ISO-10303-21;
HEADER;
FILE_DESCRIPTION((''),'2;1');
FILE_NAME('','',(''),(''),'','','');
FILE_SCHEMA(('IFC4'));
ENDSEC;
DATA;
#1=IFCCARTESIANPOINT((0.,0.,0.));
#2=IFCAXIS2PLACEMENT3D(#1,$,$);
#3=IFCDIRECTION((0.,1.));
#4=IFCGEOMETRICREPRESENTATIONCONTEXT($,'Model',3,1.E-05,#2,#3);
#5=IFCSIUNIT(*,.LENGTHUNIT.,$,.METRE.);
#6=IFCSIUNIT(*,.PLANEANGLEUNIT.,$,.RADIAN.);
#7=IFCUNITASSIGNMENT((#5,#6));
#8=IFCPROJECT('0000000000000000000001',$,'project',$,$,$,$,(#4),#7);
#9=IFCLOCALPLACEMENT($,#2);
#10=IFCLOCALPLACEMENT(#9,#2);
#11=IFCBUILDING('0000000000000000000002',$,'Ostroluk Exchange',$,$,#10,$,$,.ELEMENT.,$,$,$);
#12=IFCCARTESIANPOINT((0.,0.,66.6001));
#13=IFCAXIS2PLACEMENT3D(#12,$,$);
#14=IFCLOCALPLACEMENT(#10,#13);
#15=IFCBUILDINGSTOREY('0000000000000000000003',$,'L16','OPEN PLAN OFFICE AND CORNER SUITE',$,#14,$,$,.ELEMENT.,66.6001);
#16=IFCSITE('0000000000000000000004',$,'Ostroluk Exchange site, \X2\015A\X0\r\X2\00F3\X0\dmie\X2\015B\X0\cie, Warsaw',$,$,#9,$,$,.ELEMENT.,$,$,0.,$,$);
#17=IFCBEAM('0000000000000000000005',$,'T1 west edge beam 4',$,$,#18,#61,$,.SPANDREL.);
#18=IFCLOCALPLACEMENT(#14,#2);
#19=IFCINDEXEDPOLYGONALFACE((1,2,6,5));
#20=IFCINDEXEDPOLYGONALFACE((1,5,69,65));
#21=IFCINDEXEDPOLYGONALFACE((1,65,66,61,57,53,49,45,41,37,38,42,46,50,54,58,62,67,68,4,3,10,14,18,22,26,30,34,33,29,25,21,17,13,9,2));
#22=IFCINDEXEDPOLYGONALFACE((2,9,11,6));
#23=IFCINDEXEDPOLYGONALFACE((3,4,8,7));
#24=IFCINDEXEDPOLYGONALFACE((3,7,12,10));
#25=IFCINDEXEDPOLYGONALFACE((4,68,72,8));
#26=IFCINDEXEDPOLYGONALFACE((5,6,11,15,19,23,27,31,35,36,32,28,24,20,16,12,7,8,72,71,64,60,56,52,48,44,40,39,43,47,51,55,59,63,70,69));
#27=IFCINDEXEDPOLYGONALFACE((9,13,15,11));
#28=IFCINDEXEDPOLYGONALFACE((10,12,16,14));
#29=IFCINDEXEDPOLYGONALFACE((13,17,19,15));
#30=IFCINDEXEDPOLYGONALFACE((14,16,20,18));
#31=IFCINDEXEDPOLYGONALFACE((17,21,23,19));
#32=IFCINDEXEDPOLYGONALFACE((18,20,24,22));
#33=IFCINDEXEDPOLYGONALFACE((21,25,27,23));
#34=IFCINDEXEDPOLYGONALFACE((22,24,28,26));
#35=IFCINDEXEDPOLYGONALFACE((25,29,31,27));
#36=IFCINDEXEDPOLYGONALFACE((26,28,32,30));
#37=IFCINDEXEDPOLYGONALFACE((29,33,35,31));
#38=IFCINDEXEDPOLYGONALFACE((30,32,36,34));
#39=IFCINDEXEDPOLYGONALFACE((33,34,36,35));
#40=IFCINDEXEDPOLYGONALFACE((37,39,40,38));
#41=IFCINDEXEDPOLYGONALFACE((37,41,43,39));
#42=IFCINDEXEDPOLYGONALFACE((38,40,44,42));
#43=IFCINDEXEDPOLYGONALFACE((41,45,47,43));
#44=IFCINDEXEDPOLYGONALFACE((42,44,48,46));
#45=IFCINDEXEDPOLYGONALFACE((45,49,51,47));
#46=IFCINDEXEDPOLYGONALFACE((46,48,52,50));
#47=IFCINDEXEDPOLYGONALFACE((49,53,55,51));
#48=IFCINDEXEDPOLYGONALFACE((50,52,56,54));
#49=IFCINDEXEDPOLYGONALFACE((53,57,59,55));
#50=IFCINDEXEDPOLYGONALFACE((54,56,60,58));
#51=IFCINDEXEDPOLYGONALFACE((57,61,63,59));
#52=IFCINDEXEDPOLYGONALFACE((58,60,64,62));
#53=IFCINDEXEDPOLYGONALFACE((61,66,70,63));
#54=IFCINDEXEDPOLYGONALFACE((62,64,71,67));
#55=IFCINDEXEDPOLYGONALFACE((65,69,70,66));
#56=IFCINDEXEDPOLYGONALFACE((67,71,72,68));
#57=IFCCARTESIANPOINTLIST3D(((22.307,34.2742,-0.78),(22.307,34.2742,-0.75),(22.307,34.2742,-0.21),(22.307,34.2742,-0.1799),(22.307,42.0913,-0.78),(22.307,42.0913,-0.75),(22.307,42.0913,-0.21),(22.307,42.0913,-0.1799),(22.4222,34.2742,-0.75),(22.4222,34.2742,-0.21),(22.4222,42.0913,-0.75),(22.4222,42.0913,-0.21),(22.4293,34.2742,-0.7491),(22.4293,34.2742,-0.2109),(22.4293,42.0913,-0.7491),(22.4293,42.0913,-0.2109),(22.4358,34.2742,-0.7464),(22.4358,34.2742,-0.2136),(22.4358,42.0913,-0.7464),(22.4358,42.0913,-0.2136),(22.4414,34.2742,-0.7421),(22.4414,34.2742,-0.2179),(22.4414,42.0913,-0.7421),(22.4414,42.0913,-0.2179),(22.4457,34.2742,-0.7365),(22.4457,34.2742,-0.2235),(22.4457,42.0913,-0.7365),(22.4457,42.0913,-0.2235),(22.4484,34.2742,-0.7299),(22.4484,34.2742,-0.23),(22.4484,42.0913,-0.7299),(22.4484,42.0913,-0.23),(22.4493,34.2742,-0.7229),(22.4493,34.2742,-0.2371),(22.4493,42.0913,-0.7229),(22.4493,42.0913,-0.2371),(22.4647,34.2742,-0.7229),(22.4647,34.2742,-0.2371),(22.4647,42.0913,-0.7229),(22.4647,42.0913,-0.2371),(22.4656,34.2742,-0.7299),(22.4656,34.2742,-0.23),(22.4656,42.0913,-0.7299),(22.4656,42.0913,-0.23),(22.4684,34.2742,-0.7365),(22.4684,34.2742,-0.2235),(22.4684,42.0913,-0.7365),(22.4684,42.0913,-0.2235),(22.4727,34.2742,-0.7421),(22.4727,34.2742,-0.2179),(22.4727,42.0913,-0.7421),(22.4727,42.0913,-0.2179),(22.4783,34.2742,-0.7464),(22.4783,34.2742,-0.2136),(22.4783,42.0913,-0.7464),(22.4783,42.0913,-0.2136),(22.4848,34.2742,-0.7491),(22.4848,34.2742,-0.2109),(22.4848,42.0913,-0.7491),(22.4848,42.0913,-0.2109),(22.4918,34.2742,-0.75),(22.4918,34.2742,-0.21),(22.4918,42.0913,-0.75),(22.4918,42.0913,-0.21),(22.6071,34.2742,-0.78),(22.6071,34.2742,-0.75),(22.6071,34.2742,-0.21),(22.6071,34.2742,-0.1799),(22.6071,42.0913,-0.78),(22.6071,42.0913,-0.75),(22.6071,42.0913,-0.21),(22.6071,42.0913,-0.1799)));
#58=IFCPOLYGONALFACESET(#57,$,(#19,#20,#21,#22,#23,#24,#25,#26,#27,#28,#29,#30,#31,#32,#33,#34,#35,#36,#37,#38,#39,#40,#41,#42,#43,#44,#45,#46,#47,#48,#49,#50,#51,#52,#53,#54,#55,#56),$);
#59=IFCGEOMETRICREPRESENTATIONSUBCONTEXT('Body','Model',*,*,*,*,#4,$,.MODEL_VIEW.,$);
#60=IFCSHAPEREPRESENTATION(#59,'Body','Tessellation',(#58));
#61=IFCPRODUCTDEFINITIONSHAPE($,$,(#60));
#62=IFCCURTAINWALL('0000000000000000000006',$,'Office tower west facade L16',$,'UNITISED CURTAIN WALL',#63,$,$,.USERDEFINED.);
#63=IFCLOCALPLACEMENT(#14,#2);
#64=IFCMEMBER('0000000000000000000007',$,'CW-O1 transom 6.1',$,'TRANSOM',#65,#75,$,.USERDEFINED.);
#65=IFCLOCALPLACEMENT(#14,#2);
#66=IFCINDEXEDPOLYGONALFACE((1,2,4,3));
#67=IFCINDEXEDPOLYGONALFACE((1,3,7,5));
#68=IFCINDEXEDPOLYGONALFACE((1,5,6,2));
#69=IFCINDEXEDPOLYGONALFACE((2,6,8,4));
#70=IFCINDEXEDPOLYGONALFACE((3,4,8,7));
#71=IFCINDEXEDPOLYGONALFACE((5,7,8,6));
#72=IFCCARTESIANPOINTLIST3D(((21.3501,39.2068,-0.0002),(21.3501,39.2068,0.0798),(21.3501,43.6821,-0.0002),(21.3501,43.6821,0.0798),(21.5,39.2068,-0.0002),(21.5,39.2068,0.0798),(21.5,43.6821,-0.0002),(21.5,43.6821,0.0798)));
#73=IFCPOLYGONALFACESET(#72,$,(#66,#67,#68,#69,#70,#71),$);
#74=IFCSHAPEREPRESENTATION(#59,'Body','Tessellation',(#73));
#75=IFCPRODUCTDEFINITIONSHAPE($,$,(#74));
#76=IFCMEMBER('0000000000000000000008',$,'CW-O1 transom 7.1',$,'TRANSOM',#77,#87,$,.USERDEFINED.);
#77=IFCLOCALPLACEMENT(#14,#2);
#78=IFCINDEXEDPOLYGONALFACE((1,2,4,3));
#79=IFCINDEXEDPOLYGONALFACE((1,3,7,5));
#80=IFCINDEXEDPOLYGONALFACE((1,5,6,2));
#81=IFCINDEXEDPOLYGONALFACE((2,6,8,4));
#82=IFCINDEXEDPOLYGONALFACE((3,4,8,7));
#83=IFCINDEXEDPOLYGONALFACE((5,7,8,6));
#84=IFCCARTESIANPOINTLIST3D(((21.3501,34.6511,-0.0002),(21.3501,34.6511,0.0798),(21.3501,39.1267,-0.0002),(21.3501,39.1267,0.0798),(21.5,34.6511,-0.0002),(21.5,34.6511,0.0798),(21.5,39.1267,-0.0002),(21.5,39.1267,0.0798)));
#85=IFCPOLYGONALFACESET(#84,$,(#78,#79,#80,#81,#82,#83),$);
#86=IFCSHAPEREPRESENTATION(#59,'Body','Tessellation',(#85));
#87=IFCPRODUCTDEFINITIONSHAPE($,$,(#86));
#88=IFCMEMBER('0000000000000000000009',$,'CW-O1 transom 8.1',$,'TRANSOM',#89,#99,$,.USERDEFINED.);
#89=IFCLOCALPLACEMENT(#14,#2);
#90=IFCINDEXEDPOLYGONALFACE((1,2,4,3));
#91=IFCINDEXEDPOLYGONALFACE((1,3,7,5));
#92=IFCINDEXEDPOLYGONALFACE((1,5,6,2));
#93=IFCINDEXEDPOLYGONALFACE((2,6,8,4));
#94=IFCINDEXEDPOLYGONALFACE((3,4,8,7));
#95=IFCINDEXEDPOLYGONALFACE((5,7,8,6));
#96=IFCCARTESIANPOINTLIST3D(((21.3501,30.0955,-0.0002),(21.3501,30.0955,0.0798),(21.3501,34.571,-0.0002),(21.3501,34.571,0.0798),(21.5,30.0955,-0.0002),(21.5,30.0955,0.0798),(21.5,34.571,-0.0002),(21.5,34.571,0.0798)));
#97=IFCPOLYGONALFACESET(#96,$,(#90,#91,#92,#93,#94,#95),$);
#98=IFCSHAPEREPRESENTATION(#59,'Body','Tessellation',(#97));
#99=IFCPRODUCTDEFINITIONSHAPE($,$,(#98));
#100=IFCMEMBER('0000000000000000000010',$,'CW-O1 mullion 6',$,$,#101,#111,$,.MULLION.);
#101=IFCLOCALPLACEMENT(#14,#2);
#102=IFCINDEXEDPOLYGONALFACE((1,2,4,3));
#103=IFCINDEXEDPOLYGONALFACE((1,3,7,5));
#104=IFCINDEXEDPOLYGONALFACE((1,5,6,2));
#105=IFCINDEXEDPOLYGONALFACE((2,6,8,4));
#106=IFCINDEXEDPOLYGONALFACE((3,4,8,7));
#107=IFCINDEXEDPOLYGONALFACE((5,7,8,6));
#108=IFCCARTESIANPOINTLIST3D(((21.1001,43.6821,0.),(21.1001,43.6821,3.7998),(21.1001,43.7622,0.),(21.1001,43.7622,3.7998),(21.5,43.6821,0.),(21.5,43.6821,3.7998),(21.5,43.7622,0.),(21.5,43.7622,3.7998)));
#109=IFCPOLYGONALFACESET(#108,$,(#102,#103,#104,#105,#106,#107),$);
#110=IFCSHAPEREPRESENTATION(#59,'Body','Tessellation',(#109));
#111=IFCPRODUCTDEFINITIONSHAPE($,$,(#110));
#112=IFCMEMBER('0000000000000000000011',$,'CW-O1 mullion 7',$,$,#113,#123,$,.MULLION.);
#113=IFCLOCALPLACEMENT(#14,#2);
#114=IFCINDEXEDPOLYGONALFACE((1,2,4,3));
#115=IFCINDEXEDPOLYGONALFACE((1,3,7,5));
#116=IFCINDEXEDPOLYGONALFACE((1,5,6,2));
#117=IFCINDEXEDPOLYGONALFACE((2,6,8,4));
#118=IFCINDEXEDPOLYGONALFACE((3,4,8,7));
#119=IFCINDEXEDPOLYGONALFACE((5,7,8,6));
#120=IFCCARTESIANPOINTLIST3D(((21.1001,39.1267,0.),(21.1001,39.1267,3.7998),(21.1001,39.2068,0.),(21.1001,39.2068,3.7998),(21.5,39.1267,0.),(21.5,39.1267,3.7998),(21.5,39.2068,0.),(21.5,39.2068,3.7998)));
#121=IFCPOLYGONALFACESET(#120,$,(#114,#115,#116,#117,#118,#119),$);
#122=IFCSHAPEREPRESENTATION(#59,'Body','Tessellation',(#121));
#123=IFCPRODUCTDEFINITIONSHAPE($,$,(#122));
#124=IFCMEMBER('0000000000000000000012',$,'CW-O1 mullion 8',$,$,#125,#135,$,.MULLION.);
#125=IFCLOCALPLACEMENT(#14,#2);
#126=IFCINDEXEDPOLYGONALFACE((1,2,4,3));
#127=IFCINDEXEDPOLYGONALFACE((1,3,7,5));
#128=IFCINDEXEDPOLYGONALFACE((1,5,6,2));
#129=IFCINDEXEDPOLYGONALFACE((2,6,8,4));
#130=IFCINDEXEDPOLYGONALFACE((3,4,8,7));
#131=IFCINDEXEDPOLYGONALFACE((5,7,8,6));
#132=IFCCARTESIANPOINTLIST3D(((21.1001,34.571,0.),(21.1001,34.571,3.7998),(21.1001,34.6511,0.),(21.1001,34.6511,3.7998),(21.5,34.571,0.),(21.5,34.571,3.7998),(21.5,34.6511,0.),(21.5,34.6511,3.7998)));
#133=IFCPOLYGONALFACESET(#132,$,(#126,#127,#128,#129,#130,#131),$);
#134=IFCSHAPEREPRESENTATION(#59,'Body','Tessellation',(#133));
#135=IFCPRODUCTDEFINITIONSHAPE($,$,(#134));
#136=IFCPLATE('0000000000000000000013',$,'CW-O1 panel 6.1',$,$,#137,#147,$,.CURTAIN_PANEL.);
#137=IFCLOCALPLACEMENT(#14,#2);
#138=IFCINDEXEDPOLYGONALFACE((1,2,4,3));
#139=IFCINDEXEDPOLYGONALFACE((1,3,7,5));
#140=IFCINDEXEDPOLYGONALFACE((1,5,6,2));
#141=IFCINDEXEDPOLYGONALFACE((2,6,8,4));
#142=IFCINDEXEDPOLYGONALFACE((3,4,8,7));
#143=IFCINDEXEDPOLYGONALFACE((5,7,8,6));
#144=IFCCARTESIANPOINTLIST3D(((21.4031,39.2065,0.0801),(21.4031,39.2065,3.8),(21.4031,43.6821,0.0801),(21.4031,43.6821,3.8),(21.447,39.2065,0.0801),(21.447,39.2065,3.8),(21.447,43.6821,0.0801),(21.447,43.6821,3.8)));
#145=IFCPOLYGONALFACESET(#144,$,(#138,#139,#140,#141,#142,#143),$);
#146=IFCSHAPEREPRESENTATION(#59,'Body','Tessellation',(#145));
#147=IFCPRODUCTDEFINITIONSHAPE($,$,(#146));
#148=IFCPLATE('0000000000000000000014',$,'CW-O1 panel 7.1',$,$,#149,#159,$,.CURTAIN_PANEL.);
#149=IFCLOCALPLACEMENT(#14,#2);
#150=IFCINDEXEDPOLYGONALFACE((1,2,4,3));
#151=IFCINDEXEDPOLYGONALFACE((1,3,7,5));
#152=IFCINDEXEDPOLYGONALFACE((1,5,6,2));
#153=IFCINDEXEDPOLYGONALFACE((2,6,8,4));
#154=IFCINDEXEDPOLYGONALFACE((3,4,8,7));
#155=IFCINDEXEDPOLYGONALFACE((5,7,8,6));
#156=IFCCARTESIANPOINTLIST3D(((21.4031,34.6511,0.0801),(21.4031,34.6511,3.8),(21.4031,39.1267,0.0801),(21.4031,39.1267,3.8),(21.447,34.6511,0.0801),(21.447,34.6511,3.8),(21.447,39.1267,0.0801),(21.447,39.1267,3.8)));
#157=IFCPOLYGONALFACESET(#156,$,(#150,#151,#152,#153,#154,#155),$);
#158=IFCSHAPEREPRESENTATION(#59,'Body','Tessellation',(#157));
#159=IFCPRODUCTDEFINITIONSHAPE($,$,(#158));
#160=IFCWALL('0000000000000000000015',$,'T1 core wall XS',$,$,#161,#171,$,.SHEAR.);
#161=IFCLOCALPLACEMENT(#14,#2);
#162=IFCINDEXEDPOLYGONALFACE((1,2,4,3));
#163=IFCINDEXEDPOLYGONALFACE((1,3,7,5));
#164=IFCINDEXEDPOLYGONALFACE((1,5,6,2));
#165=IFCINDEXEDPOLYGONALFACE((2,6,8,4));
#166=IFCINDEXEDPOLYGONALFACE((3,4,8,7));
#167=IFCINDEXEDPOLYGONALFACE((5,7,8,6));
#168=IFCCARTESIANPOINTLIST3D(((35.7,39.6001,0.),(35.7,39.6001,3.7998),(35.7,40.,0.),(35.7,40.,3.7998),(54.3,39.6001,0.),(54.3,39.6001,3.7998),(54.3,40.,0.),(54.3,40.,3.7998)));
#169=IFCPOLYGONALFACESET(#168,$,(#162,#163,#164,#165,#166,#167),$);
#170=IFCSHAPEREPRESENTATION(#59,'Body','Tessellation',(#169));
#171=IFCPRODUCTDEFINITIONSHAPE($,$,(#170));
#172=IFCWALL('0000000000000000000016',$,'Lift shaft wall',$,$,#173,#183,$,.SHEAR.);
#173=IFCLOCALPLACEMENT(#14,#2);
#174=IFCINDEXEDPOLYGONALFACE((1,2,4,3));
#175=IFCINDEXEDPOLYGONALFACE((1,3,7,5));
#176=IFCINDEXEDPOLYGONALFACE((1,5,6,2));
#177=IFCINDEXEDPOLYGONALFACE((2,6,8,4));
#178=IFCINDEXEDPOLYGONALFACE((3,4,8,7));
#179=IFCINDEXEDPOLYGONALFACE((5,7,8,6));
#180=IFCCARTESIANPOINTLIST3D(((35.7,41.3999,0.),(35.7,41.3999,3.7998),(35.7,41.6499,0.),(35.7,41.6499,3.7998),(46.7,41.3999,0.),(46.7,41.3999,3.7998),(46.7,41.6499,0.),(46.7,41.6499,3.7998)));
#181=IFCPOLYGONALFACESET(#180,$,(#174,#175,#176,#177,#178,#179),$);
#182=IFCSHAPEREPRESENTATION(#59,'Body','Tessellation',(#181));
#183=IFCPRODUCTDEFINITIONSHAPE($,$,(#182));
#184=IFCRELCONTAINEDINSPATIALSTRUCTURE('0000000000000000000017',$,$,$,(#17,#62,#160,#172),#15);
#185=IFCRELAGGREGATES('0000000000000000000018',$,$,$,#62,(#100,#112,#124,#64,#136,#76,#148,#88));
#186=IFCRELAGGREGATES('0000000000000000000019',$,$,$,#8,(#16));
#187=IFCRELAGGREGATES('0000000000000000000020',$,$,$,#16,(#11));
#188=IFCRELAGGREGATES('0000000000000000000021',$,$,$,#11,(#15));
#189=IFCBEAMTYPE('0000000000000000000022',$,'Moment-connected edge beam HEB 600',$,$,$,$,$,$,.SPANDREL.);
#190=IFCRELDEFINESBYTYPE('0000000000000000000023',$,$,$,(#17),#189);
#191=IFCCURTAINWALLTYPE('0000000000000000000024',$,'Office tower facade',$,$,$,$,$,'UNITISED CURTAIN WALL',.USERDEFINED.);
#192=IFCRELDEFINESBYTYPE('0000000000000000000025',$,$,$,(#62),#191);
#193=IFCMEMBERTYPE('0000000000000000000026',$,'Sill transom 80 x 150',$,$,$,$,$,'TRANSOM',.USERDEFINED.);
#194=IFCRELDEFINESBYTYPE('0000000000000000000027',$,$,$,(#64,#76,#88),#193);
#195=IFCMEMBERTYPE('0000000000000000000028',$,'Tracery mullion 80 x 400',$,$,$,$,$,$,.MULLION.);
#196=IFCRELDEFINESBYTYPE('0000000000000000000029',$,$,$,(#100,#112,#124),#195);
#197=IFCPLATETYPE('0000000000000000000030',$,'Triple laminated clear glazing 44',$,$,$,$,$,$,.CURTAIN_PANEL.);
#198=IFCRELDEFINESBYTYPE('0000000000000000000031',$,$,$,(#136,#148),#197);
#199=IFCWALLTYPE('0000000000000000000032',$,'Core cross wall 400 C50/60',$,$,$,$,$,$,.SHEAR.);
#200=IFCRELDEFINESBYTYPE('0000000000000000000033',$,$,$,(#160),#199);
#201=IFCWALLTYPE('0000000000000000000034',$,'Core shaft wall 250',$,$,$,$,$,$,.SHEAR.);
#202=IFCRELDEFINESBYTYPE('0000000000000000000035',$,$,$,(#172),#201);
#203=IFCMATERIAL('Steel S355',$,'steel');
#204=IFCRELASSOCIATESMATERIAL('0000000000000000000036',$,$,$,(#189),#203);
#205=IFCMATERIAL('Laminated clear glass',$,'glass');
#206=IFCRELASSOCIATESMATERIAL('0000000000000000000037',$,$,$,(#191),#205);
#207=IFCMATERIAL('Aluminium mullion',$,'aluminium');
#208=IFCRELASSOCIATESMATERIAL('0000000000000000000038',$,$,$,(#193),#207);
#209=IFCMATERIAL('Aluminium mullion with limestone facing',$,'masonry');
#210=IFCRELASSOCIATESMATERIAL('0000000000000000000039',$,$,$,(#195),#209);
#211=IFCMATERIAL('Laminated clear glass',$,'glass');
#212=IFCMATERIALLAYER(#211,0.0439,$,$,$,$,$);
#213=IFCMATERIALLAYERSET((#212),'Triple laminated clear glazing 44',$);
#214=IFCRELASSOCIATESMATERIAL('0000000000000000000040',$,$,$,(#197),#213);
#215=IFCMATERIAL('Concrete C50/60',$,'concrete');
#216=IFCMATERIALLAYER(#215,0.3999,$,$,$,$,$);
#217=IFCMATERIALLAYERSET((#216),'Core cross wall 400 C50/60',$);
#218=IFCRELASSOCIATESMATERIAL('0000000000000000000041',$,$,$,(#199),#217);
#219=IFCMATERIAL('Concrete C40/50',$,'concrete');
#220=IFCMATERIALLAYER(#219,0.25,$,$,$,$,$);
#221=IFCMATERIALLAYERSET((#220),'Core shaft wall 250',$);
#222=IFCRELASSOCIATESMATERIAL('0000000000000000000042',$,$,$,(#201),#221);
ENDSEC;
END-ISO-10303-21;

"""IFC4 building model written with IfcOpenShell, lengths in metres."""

from ifc_helpers import new_model, si_unit, direction, frame, frame_2d, origin, origin_2d, place, context, subcontext, project, spatial, rectangle, i_section, extrude, material, layer, layer_set, material_profile, profile_set, type_object, element, aggregate, save


model = new_model("IFC4")

# Units and contexts
model_context = context("Model", 3, precision=1e-05, world=origin(), true_north=direction((0.0, 1.0)))
body_context = subcontext(model_context, "Body", "Model", "MODEL_VIEW")
ifc_project = project(units=[si_unit("LENGTHUNIT", "METRE"), si_unit("PLANEANGLEUNIT", "RADIAN")], contexts=[model_context])

# Site, building, storey
site_placement = place(None, origin())
site = spatial("IfcSite", under=ifc_project, at=site_placement, Name="Ostroluk Exchange site, Śródmieście, Warsaw", CompositionType="ELEMENT", RefElevation=0.0)
building_placement = place(site_placement, origin())
building = spatial("IfcBuilding", under=site, at=building_placement, Name="Ostroluk Exchange", CompositionType="ELEMENT")
storey_placement = place(building_placement, frame((0.0, 0.0, 66.6001)))
storey = spatial("IfcBuildingStorey", under=building, at=storey_placement, Name="L16", Description="OPEN PLAN OFFICE AND CORNER SUITE", CompositionType="ELEMENT", Elevation=66.6001)

# Beam
ifc_material_1 = material(Name="Steel S355", Category="steel")
ifc_material_profile_1 = material_profile(ifc_material_1, i_section(OverallWidth=0.3, OverallDepth=0.6001, WebThickness=0.0154, FlangeThickness=0.03, FilletRadius=0.0271, at=origin_2d()), Name="HEB 600")
ifc_profile_set_1 = profile_set([ifc_material_profile_1], Name="Steel S355")
beam_type_1 = type_object("IfcBeamType", Name="Moment-connected edge beam HEB 600", PredefinedType="SPANDREL", material=ifc_profile_set_1)
beam_1_placement = place(storey_placement, frame((22.457, 42.0913, -0.48), z_axis=(0.0, -1.0, 0.0), x_axis=(1.0, 0.0, 0.0)))
element("IfcBeam", 1, at=beam_1_placement, inside=storey, type_object=beam_type_1, Name="T1 west edge beam 4", PredefinedType="SPANDREL", context=body_context, shape_type="SweptSolid", body=[
    extrude(i_section(OverallWidth=0.3, OverallDepth=0.6001, WebThickness=0.0154, FlangeThickness=0.03, FilletRadius=0.0271, at=origin_2d()), origin(), (0.0, 0.0, 1.0), 7.8171),
])

# Curtain wall, members, plates
ifc_material_2 = material(Name="Laminated clear glass", Category="glass")
curtain_wall_type = type_object("IfcCurtainWallType", Name="Office tower facade", ElementType="UNITISED CURTAIN WALL", PredefinedType="USERDEFINED", material=ifc_material_2)
curtain_wall_placement = place(storey_placement, origin())
curtain_wall = element("IfcCurtainWall", 2, at=curtain_wall_placement, inside=storey, type_object=curtain_wall_type, Name="Office tower west facade L16", ObjectType="UNITISED CURTAIN WALL", PredefinedType="USERDEFINED")
ifc_material_3 = material(Name="Aluminium mullion", Category="aluminium")
ifc_material_profile_2 = material_profile(ifc_material_3, rectangle(XDim=0.1499, YDim=0.0801, at=origin_2d()), Name="Sill transom 80 x 150")
ifc_profile_set_2 = profile_set([ifc_material_profile_2], Name="Aluminium mullion")
member_type_1 = type_object("IfcMemberType", Name="Sill transom 80 x 150", ElementType="TRANSOM", PredefinedType="USERDEFINED", material=ifc_profile_set_2)
member_1_placement = place(storey_placement, frame((21.425, 43.6821, 0.0398), z_axis=(0.0, -1.0, 0.0), x_axis=(1.0, 0.0, 0.0)))
member_1 = element("IfcMember", 3, at=member_1_placement, type_object=member_type_1, Name="CW-O1 transom 6.1", ObjectType="TRANSOM", PredefinedType="USERDEFINED", context=body_context, shape_type="SweptSolid", body=[
    extrude(rectangle(XDim=0.1499, YDim=0.0801, at=origin_2d()), origin(), (0.0, 0.0, 1.0), 4.4753),
])
member_2_placement = place(storey_placement, frame((21.425, 39.1267, 0.0398), z_axis=(0.0, -1.0, 0.0), x_axis=(1.0, 0.0, 0.0)))
member_2 = element("IfcMember", 4, at=member_2_placement, type_object=member_type_1, Name="CW-O1 transom 7.1", ObjectType="TRANSOM", PredefinedType="USERDEFINED", context=body_context, shape_type="SweptSolid", body=[
    extrude(rectangle(XDim=0.1499, YDim=0.0801, at=origin_2d()), origin(), (0.0, 0.0, 1.0), 4.4756),
])
member_3_placement = place(storey_placement, frame((21.425, 34.571, 0.0398), z_axis=(0.0, -1.0, 0.0), x_axis=(1.0, 0.0, 0.0)))
member_3 = element("IfcMember", 5, at=member_3_placement, type_object=member_type_1, Name="CW-O1 transom 8.1", ObjectType="TRANSOM", PredefinedType="USERDEFINED", context=body_context, shape_type="SweptSolid", body=[
    extrude(rectangle(XDim=0.1499, YDim=0.0801, at=origin_2d()), origin(), (0.0, 0.0, 1.0), 4.4756),
])
ifc_material_4 = material(Name="Aluminium mullion with limestone facing", Category="masonry")
ifc_material_profile_3 = material_profile(ifc_material_4, rectangle(XDim=0.3999, YDim=0.0801, at=origin_2d()), Name="Tracery mullion 80 x 400")
ifc_profile_set_3 = profile_set([ifc_material_profile_3], Name="Aluminium mullion with limestone facing")
member_type_2 = type_object("IfcMemberType", Name="Tracery mullion 80 x 400", PredefinedType="MULLION", material=ifc_profile_set_3)
member_4_placement = place(storey_placement, frame((21.3, 43.7222, 0.0), z_axis=(0.0, 0.0, 1.0), x_axis=(1.0, 0.0, 0.0)))
member_4 = element("IfcMember", 6, at=member_4_placement, type_object=member_type_2, Name="CW-O1 mullion 6", PredefinedType="MULLION", context=body_context, shape_type="SweptSolid", body=[
    extrude(rectangle(XDim=0.3999, YDim=0.0801, at=origin_2d()), origin(), (0.0, 0.0, 1.0), 3.7998),
])
member_5_placement = place(storey_placement, frame((21.3, 39.1667, 0.0), z_axis=(0.0, 0.0, 1.0), x_axis=(1.0, 0.0, 0.0)))
member_5 = element("IfcMember", 7, at=member_5_placement, type_object=member_type_2, Name="CW-O1 mullion 7", PredefinedType="MULLION", context=body_context, shape_type="SweptSolid", body=[
    extrude(rectangle(XDim=0.3999, YDim=0.0801, at=origin_2d()), origin(), (0.0, 0.0, 1.0), 3.7998),
])
member_6_placement = place(storey_placement, frame((21.3, 34.6111, 0.0), z_axis=(0.0, 0.0, 1.0), x_axis=(1.0, 0.0, 0.0)))
member_6 = element("IfcMember", 8, at=member_6_placement, type_object=member_type_2, Name="CW-O1 mullion 8", PredefinedType="MULLION", context=body_context, shape_type="SweptSolid", body=[
    extrude(rectangle(XDim=0.3999, YDim=0.0801, at=origin_2d()), origin(), (0.0, 0.0, 1.0), 3.7998),
])
ifc_material_5 = material(Name="Laminated clear glass", Category="glass")
ifc_layer_1 = layer(ifc_material_5, 0.0439)
ifc_layer_set_1 = layer_set([ifc_layer_1], Name="Triple laminated clear glazing 44")
plate_type = type_object("IfcPlateType", Name="Triple laminated clear glazing 44", PredefinedType="CURTAIN_PANEL", material=ifc_layer_set_1)
plate_1_placement = place(storey_placement, frame((21.425, 41.4443, 0.0801), z_axis=(0.0, 0.0, 1.0), x_axis=(0.0, -1.0, 0.0)))
plate_1 = element("IfcPlate", 9, at=plate_1_placement, type_object=plate_type, Name="CW-O1 panel 6.1", PredefinedType="CURTAIN_PANEL", context=body_context, shape_type="SweptSolid", body=[
    extrude(rectangle(XDim=4.4756, YDim=0.0439, at=origin_2d()), origin(), (0.0, 0.0, 1.0), 3.72),
])
plate_2_placement = place(storey_placement, frame((21.425, 36.8889, 0.0801), z_axis=(0.0, 0.0, 1.0), x_axis=(0.0, -1.0, 0.0)))
plate_2 = element("IfcPlate", 10, at=plate_2_placement, type_object=plate_type, Name="CW-O1 panel 7.1", PredefinedType="CURTAIN_PANEL", context=body_context, shape_type="SweptSolid", body=[
    extrude(rectangle(XDim=4.4756, YDim=0.0439, at=origin_2d()), origin(), (0.0, 0.0, 1.0), 3.72),
])
aggregate(curtain_wall, [member_4, member_5, member_6, member_1, plate_1, member_2, plate_2, member_3])

# Walls
ifc_material_6 = material(Name="Concrete C50/60", Category="concrete")
ifc_layer_2 = layer(ifc_material_6, 0.3999)
ifc_layer_set_2 = layer_set([ifc_layer_2], Name="Core cross wall 400 C50/60")
wall_type_1 = type_object("IfcWallType", Name="Core cross wall 400 C50/60", PredefinedType="SHEAR", material=ifc_layer_set_2)
wall_1_placement = place(storey_placement, frame((35.7, 39.8, 0.0), z_axis=(0.0, 0.0, 1.0), x_axis=(1.0, 0.0, 0.0)))
element("IfcWall", 11, at=wall_1_placement, inside=storey, type_object=wall_type_1, Name="T1 core wall XS", PredefinedType="SHEAR", context=body_context, shape_type="SweptSolid", body=[
    extrude(rectangle(XDim=18.6001, YDim=0.3999, at=frame_2d((9.3, 0.0))), origin(), (0.0, 0.0, 1.0), 3.7998),
])
ifc_material_7 = material(Name="Concrete C40/50", Category="concrete")
ifc_layer_3 = layer(ifc_material_7, 0.25)
ifc_layer_set_3 = layer_set([ifc_layer_3], Name="Core shaft wall 250")
wall_type_2 = type_object("IfcWallType", Name="Core shaft wall 250", PredefinedType="SHEAR", material=ifc_layer_set_3)
wall_2_placement = place(storey_placement, frame((35.7, 41.5249, 0.0), z_axis=(0.0, 0.0, 1.0), x_axis=(1.0, 0.0, 0.0)))
element("IfcWall", 12, at=wall_2_placement, inside=storey, type_object=wall_type_2, Name="Lift shaft wall", PredefinedType="SHEAR", context=body_context, shape_type="SweptSolid", body=[
    extrude(rectangle(XDim=11.0, YDim=0.25, at=frame_2d((5.5, 0.0))), origin(), (0.0, 0.0, 1.0), 3.7998),
])

save(model, "model.ifc")
